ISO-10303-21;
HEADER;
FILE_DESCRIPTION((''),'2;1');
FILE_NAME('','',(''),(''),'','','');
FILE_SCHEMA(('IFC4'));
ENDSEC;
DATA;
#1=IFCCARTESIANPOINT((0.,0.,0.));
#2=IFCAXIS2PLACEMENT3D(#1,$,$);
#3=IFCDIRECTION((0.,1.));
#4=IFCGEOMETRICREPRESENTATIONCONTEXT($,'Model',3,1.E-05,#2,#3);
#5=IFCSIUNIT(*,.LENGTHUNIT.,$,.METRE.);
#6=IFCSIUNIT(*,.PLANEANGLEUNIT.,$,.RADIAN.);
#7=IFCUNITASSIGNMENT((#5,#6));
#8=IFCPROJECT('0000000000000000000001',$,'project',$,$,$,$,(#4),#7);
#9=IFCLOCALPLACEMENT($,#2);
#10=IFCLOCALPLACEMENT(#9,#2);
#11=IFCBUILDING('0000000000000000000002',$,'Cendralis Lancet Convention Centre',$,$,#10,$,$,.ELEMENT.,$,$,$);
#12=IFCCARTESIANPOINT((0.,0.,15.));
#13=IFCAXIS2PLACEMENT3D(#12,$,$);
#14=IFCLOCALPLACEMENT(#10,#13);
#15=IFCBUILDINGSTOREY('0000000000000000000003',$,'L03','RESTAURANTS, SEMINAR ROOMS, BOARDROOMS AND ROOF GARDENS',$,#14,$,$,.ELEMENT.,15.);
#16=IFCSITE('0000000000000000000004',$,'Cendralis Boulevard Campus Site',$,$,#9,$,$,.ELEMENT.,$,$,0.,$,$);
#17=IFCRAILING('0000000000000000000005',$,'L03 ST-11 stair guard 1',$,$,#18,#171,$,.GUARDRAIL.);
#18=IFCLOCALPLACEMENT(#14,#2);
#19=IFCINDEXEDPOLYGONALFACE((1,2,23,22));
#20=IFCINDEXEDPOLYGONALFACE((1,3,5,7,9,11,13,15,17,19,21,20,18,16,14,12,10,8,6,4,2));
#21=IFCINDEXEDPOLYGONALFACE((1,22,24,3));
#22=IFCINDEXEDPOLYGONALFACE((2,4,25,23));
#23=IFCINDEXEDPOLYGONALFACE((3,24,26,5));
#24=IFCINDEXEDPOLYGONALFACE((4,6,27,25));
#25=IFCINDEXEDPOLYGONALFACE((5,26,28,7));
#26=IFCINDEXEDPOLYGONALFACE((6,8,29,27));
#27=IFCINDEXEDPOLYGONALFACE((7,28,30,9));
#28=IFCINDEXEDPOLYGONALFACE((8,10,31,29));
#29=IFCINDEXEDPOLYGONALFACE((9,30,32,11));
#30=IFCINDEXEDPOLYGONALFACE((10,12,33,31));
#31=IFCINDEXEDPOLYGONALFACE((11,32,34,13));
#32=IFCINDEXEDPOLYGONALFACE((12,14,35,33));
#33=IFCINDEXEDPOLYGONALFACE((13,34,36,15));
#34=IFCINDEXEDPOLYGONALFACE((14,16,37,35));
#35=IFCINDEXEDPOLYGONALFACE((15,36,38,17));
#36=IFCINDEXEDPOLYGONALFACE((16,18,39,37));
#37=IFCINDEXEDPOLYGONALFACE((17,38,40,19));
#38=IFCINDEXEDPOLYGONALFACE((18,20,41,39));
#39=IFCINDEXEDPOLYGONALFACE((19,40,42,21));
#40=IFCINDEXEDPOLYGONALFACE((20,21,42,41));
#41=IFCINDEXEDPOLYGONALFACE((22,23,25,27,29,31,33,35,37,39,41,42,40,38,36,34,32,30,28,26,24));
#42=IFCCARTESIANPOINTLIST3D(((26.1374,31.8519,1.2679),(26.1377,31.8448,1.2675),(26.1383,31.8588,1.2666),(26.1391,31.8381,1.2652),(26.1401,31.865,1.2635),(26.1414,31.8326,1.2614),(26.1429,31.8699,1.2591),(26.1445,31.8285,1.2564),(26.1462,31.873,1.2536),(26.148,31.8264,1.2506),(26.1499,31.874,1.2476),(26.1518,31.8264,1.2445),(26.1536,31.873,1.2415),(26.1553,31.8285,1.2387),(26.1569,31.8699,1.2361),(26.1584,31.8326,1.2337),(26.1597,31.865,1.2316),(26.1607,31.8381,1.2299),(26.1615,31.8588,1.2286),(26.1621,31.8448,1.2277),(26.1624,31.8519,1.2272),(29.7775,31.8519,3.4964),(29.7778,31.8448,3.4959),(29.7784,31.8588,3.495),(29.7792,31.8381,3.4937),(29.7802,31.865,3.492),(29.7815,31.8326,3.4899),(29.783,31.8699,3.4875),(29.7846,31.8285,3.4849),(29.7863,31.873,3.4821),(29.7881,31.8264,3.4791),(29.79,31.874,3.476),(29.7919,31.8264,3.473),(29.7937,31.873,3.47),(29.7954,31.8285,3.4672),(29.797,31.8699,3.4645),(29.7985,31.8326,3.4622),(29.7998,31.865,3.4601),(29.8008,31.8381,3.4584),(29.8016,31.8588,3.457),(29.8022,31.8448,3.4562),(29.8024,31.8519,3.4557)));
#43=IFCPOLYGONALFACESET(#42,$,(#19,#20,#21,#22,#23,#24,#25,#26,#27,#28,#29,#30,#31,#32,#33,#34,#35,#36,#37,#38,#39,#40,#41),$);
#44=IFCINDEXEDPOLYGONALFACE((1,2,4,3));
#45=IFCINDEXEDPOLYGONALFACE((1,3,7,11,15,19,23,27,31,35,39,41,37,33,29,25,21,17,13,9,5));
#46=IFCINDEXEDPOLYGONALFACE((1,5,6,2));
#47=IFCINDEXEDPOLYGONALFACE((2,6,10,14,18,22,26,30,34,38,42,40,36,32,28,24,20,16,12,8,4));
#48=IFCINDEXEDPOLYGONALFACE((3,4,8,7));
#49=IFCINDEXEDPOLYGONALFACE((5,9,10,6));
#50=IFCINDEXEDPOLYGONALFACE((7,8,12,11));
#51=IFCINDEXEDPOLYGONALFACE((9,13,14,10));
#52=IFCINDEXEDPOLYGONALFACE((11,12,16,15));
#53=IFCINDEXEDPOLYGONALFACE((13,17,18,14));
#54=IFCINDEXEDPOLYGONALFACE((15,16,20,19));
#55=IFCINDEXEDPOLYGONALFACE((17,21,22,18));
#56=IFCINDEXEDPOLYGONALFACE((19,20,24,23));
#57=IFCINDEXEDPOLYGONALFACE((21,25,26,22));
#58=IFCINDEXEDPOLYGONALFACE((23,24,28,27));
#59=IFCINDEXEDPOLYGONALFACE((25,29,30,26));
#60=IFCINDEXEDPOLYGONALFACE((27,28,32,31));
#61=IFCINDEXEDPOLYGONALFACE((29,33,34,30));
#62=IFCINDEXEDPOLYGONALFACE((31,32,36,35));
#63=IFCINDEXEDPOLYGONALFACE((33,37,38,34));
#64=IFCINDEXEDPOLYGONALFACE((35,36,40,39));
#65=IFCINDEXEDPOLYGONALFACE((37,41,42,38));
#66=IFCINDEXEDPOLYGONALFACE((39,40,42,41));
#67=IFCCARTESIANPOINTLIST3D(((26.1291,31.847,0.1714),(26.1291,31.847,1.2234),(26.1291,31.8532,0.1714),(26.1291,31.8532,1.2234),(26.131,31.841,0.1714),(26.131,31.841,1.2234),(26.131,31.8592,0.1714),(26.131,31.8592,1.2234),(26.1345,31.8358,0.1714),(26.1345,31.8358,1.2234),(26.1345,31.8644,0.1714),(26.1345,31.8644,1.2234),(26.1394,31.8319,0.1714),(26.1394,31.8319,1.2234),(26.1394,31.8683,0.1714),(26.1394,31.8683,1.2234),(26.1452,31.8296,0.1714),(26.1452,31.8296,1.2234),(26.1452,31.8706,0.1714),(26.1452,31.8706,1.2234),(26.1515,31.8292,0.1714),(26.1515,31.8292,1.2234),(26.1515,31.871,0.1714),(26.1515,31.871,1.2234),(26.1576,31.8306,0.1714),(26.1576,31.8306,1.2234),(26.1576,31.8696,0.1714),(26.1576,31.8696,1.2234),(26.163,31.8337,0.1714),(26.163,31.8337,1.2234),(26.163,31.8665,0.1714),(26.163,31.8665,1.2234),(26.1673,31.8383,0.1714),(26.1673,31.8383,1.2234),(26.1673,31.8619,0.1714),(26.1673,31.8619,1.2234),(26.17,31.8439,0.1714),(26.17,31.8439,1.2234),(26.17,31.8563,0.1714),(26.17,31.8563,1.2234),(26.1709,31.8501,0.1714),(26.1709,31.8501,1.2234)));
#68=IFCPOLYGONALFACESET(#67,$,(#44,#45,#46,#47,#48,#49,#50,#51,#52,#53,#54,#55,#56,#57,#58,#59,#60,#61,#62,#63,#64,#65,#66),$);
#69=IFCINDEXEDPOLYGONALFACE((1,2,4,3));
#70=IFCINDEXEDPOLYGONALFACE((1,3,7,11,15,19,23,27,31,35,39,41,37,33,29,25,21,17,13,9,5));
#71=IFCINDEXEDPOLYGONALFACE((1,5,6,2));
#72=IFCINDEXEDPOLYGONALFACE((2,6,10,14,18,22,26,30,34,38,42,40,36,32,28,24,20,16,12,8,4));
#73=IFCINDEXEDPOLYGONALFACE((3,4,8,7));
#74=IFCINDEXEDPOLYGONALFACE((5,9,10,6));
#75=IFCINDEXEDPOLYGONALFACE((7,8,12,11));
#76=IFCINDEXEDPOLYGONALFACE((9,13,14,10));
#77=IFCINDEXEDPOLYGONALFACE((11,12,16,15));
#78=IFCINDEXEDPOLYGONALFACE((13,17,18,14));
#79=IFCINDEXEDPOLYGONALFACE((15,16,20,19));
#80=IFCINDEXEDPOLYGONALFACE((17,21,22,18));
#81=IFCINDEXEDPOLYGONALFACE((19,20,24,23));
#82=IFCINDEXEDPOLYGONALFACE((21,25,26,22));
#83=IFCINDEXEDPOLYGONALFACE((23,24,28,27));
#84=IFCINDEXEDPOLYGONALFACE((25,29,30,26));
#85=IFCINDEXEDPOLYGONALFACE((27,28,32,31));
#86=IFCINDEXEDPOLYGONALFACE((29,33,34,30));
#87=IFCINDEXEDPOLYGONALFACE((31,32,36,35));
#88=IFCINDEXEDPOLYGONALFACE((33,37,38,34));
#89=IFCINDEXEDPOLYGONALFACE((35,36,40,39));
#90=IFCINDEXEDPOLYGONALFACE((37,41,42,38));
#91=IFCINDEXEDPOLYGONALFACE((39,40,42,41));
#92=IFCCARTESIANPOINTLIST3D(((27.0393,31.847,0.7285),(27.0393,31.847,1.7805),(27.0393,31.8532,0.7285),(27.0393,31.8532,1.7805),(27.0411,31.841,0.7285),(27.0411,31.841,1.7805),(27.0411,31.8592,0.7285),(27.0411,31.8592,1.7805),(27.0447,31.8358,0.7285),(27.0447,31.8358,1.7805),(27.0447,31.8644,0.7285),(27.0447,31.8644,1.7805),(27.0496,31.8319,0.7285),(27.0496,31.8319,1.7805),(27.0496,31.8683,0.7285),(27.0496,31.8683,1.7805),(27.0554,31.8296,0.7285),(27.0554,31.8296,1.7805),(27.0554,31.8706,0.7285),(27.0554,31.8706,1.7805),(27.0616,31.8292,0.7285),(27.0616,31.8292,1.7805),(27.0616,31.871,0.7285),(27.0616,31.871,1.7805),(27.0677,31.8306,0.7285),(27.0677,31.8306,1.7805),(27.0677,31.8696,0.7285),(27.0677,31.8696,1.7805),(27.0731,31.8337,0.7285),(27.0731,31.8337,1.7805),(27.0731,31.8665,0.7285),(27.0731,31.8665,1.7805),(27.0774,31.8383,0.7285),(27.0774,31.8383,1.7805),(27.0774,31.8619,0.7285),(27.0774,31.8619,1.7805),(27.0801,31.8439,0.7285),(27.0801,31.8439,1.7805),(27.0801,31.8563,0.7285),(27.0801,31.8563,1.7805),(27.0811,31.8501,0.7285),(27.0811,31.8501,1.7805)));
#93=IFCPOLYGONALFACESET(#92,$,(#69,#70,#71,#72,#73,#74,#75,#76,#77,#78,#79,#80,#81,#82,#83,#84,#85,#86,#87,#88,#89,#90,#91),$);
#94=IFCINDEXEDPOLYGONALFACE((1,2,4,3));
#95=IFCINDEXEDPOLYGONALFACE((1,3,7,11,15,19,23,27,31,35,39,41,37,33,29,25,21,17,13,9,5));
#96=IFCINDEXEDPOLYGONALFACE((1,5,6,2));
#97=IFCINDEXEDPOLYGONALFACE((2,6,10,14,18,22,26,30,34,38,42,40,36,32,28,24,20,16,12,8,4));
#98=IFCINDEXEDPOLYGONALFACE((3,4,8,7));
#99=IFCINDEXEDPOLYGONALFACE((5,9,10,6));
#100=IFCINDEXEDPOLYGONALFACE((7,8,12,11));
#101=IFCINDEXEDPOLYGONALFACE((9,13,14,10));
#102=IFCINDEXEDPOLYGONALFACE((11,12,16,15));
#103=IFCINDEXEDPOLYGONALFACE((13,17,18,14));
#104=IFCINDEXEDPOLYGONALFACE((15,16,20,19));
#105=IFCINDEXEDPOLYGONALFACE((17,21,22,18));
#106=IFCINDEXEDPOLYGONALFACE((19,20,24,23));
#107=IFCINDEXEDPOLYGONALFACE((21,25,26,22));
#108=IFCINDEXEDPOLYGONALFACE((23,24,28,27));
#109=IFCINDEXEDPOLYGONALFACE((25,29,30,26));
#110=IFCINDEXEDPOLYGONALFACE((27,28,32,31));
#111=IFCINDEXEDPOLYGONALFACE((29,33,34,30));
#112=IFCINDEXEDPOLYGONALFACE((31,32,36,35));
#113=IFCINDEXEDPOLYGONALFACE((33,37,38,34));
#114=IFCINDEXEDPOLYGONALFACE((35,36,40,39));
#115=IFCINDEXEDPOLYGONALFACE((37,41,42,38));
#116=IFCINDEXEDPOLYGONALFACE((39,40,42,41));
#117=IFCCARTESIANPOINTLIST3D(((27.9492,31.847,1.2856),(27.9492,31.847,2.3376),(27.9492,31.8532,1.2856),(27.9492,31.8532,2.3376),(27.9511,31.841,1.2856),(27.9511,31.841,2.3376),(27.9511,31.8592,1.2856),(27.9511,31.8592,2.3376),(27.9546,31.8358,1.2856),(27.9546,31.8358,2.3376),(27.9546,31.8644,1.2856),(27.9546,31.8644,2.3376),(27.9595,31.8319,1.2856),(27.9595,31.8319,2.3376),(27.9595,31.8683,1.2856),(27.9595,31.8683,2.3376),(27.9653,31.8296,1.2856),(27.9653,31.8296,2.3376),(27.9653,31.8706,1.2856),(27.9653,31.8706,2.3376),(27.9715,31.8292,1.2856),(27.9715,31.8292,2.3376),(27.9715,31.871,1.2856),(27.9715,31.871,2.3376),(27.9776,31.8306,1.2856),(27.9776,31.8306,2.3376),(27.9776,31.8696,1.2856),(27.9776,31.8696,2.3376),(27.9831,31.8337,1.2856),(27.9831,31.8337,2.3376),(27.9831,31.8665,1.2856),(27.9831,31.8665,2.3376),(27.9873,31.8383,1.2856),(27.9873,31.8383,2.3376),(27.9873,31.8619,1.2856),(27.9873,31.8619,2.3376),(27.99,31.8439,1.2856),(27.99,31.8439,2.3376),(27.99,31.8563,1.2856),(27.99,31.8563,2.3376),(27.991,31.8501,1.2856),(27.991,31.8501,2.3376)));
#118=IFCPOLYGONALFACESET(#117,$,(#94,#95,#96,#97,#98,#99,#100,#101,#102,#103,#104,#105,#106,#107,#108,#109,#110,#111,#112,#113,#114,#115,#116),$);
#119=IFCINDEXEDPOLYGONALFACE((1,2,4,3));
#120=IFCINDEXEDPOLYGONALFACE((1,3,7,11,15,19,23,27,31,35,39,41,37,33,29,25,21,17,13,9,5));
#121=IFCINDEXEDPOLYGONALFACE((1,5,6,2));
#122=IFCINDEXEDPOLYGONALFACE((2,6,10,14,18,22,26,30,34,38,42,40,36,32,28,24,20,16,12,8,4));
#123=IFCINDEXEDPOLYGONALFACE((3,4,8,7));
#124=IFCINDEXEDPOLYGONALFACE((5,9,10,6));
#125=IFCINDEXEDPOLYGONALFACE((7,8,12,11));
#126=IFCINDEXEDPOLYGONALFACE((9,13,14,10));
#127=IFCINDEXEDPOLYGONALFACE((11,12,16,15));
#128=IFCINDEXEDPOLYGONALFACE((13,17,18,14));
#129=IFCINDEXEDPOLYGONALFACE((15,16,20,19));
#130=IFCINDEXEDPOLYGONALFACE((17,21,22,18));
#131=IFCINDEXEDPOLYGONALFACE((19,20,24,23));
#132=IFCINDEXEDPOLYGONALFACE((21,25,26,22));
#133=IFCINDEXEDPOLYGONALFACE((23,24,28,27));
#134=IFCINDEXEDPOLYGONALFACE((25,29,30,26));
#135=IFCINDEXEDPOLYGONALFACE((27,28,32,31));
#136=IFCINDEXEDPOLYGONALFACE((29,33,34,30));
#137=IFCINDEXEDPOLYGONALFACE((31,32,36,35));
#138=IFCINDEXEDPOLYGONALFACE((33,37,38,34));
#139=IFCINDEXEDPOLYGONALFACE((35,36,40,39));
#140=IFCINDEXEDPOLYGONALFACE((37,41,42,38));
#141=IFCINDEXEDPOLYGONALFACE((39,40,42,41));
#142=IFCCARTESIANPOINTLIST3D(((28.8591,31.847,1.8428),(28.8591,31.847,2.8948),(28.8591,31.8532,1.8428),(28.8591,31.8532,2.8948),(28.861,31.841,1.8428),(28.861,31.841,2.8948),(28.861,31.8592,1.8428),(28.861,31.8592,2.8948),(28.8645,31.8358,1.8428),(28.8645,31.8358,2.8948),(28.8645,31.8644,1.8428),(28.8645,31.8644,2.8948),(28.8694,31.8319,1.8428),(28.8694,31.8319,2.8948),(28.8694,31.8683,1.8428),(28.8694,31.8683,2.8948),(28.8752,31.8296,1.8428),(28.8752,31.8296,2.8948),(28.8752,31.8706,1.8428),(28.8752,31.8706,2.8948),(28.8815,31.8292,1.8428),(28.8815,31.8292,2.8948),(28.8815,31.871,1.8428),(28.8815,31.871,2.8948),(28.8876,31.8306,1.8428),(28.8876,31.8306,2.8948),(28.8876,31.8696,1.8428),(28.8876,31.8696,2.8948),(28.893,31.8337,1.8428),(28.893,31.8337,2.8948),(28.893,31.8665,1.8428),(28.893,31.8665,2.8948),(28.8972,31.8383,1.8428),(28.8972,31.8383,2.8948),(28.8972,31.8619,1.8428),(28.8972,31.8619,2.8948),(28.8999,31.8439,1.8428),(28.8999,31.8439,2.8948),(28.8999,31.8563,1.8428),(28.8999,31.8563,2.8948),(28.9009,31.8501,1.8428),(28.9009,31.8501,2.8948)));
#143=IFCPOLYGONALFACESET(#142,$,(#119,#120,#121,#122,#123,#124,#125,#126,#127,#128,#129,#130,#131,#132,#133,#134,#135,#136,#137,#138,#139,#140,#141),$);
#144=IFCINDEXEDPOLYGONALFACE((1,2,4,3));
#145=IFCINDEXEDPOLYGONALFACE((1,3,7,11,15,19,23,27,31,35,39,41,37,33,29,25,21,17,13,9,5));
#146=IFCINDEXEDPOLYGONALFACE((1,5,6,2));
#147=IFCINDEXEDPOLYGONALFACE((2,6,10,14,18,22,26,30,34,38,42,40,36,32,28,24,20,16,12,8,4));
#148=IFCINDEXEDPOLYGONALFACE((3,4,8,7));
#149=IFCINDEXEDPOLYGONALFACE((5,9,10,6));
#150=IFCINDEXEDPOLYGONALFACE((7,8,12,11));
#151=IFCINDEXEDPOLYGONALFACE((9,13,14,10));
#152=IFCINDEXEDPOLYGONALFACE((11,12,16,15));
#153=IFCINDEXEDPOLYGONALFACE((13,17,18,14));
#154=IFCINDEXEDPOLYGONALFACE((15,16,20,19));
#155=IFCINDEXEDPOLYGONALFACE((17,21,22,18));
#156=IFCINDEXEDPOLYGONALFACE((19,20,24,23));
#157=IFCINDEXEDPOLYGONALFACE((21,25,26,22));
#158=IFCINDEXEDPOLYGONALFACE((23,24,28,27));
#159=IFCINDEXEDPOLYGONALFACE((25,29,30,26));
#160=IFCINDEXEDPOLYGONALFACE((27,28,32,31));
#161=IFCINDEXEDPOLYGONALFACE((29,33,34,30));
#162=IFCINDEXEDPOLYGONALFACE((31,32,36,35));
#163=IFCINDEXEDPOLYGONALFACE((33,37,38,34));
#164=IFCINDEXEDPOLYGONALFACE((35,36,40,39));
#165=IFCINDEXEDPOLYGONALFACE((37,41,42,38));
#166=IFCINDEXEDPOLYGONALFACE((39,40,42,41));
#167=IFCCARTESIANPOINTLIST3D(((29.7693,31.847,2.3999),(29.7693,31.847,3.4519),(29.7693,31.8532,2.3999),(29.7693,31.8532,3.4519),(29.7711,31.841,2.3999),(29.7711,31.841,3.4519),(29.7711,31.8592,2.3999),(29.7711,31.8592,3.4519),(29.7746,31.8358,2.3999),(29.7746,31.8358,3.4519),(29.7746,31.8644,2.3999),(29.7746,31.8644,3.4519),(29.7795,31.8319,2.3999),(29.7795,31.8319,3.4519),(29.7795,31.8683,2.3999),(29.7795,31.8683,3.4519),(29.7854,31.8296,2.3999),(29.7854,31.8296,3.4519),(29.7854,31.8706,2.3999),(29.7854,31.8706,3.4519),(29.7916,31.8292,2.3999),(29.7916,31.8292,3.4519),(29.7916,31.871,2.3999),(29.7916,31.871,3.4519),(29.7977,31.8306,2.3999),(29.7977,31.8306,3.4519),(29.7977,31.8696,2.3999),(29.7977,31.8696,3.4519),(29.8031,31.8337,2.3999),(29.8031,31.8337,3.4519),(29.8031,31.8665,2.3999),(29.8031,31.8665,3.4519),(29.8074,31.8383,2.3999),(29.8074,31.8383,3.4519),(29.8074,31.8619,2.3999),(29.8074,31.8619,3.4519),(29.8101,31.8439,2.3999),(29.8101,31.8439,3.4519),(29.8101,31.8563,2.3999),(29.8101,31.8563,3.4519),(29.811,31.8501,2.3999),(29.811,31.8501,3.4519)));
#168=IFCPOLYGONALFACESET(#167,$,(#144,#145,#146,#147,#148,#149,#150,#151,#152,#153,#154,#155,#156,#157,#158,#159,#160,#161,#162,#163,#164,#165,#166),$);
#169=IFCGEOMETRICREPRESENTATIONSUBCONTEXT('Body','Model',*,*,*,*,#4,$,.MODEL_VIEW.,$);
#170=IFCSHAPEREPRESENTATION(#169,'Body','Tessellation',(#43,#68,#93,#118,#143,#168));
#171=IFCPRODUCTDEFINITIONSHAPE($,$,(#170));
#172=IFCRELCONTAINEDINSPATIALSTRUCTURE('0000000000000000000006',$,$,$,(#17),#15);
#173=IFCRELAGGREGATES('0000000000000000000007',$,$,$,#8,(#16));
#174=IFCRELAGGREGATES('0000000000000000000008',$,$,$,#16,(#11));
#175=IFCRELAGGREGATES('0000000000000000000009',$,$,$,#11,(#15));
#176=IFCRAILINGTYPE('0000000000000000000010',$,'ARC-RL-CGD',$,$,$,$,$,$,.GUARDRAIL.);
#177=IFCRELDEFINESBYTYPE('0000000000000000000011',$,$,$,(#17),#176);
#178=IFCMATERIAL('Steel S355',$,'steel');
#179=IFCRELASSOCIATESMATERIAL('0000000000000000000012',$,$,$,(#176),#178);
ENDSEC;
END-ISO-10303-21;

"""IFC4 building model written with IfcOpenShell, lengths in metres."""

from ifc_helpers import new_model, si_unit, direction, frame, origin, origin_2d, place, context, subcontext, project, spatial, circle, extrude, material, type_object, element, save


model = new_model("IFC4")

# Units and contexts
model_context = context("Model", 3, precision=1e-05, world=origin(), true_north=direction((0.0, 1.0)))
body_context = subcontext(model_context, "Body", "Model", "MODEL_VIEW")
ifc_project = project(units=[si_unit("LENGTHUNIT", "METRE"), si_unit("PLANEANGLEUNIT", "RADIAN")], contexts=[model_context])

# Site, building, storey
site_placement = place(None, origin())
site = spatial("IfcSite", under=ifc_project, at=site_placement, Name="Cendralis Boulevard Campus Site", CompositionType="ELEMENT", RefElevation=0.0)
building_placement = place(site_placement, origin())
building = spatial("IfcBuilding", under=site, at=building_placement, Name="Cendralis Lancet Convention Centre", CompositionType="ELEMENT")
storey_placement = place(building_placement, frame((0.0, 0.0, 15.0)))
storey = spatial("IfcBuildingStorey", under=building, at=storey_placement, Name="L03", Description="RESTAURANTS, SEMINAR ROOMS, BOARDROOMS AND ROOF GARDENS", CompositionType="ELEMENT", Elevation=15.0)

# Railing
ifc_material_1 = material(Name="Steel S355", Category="steel")
railing_type_1 = type_object("IfcRailingType", Name="ARC-RL-CGD", PredefinedType="GUARDRAIL", material=ifc_material_1)
railing_1_placement = place(storey_placement, frame((26.1499, 31.8501, 0.1714)))
element("IfcRailing", 1, at=railing_1_placement, inside=storey, type_object=railing_type_1, Name="L03 ST-11 stair guard 1", PredefinedType="GUARDRAIL", context=body_context, shape_type="SweptSolid", body=[
    extrude(circle(Radius=0.0239, at=origin_2d()), frame((0.0, 0.0, 1.0762), z_axis=(0.852866, 0.0, 0.52213), x_axis=(0.0, 1.0, 0.0)), (0.0, 0.0, 1.0), 4.2681),
    extrude(circle(Radius=0.021, at=origin_2d()), origin(), (0.0, 0.0, 1.0), 1.052),
    extrude(circle(Radius=0.021, at=origin_2d()), frame((0.9102, 0.0, 0.5571)), (0.0, 0.0, 1.0), 1.052),
    extrude(circle(Radius=0.021, at=origin_2d()), frame((1.8201, 0.0, 1.1143)), (0.0, 0.0, 1.0), 1.052),
    extrude(circle(Radius=0.021, at=origin_2d()), frame((2.73, 0.0, 1.6714)), (0.0, 0.0, 1.0), 1.052),
    extrude(circle(Radius=0.021, at=origin_2d()), frame((3.6401, 0.0, 2.2285)), (0.0, 0.0, 1.0), 1.052),
])

save(model, "model.ifc")
